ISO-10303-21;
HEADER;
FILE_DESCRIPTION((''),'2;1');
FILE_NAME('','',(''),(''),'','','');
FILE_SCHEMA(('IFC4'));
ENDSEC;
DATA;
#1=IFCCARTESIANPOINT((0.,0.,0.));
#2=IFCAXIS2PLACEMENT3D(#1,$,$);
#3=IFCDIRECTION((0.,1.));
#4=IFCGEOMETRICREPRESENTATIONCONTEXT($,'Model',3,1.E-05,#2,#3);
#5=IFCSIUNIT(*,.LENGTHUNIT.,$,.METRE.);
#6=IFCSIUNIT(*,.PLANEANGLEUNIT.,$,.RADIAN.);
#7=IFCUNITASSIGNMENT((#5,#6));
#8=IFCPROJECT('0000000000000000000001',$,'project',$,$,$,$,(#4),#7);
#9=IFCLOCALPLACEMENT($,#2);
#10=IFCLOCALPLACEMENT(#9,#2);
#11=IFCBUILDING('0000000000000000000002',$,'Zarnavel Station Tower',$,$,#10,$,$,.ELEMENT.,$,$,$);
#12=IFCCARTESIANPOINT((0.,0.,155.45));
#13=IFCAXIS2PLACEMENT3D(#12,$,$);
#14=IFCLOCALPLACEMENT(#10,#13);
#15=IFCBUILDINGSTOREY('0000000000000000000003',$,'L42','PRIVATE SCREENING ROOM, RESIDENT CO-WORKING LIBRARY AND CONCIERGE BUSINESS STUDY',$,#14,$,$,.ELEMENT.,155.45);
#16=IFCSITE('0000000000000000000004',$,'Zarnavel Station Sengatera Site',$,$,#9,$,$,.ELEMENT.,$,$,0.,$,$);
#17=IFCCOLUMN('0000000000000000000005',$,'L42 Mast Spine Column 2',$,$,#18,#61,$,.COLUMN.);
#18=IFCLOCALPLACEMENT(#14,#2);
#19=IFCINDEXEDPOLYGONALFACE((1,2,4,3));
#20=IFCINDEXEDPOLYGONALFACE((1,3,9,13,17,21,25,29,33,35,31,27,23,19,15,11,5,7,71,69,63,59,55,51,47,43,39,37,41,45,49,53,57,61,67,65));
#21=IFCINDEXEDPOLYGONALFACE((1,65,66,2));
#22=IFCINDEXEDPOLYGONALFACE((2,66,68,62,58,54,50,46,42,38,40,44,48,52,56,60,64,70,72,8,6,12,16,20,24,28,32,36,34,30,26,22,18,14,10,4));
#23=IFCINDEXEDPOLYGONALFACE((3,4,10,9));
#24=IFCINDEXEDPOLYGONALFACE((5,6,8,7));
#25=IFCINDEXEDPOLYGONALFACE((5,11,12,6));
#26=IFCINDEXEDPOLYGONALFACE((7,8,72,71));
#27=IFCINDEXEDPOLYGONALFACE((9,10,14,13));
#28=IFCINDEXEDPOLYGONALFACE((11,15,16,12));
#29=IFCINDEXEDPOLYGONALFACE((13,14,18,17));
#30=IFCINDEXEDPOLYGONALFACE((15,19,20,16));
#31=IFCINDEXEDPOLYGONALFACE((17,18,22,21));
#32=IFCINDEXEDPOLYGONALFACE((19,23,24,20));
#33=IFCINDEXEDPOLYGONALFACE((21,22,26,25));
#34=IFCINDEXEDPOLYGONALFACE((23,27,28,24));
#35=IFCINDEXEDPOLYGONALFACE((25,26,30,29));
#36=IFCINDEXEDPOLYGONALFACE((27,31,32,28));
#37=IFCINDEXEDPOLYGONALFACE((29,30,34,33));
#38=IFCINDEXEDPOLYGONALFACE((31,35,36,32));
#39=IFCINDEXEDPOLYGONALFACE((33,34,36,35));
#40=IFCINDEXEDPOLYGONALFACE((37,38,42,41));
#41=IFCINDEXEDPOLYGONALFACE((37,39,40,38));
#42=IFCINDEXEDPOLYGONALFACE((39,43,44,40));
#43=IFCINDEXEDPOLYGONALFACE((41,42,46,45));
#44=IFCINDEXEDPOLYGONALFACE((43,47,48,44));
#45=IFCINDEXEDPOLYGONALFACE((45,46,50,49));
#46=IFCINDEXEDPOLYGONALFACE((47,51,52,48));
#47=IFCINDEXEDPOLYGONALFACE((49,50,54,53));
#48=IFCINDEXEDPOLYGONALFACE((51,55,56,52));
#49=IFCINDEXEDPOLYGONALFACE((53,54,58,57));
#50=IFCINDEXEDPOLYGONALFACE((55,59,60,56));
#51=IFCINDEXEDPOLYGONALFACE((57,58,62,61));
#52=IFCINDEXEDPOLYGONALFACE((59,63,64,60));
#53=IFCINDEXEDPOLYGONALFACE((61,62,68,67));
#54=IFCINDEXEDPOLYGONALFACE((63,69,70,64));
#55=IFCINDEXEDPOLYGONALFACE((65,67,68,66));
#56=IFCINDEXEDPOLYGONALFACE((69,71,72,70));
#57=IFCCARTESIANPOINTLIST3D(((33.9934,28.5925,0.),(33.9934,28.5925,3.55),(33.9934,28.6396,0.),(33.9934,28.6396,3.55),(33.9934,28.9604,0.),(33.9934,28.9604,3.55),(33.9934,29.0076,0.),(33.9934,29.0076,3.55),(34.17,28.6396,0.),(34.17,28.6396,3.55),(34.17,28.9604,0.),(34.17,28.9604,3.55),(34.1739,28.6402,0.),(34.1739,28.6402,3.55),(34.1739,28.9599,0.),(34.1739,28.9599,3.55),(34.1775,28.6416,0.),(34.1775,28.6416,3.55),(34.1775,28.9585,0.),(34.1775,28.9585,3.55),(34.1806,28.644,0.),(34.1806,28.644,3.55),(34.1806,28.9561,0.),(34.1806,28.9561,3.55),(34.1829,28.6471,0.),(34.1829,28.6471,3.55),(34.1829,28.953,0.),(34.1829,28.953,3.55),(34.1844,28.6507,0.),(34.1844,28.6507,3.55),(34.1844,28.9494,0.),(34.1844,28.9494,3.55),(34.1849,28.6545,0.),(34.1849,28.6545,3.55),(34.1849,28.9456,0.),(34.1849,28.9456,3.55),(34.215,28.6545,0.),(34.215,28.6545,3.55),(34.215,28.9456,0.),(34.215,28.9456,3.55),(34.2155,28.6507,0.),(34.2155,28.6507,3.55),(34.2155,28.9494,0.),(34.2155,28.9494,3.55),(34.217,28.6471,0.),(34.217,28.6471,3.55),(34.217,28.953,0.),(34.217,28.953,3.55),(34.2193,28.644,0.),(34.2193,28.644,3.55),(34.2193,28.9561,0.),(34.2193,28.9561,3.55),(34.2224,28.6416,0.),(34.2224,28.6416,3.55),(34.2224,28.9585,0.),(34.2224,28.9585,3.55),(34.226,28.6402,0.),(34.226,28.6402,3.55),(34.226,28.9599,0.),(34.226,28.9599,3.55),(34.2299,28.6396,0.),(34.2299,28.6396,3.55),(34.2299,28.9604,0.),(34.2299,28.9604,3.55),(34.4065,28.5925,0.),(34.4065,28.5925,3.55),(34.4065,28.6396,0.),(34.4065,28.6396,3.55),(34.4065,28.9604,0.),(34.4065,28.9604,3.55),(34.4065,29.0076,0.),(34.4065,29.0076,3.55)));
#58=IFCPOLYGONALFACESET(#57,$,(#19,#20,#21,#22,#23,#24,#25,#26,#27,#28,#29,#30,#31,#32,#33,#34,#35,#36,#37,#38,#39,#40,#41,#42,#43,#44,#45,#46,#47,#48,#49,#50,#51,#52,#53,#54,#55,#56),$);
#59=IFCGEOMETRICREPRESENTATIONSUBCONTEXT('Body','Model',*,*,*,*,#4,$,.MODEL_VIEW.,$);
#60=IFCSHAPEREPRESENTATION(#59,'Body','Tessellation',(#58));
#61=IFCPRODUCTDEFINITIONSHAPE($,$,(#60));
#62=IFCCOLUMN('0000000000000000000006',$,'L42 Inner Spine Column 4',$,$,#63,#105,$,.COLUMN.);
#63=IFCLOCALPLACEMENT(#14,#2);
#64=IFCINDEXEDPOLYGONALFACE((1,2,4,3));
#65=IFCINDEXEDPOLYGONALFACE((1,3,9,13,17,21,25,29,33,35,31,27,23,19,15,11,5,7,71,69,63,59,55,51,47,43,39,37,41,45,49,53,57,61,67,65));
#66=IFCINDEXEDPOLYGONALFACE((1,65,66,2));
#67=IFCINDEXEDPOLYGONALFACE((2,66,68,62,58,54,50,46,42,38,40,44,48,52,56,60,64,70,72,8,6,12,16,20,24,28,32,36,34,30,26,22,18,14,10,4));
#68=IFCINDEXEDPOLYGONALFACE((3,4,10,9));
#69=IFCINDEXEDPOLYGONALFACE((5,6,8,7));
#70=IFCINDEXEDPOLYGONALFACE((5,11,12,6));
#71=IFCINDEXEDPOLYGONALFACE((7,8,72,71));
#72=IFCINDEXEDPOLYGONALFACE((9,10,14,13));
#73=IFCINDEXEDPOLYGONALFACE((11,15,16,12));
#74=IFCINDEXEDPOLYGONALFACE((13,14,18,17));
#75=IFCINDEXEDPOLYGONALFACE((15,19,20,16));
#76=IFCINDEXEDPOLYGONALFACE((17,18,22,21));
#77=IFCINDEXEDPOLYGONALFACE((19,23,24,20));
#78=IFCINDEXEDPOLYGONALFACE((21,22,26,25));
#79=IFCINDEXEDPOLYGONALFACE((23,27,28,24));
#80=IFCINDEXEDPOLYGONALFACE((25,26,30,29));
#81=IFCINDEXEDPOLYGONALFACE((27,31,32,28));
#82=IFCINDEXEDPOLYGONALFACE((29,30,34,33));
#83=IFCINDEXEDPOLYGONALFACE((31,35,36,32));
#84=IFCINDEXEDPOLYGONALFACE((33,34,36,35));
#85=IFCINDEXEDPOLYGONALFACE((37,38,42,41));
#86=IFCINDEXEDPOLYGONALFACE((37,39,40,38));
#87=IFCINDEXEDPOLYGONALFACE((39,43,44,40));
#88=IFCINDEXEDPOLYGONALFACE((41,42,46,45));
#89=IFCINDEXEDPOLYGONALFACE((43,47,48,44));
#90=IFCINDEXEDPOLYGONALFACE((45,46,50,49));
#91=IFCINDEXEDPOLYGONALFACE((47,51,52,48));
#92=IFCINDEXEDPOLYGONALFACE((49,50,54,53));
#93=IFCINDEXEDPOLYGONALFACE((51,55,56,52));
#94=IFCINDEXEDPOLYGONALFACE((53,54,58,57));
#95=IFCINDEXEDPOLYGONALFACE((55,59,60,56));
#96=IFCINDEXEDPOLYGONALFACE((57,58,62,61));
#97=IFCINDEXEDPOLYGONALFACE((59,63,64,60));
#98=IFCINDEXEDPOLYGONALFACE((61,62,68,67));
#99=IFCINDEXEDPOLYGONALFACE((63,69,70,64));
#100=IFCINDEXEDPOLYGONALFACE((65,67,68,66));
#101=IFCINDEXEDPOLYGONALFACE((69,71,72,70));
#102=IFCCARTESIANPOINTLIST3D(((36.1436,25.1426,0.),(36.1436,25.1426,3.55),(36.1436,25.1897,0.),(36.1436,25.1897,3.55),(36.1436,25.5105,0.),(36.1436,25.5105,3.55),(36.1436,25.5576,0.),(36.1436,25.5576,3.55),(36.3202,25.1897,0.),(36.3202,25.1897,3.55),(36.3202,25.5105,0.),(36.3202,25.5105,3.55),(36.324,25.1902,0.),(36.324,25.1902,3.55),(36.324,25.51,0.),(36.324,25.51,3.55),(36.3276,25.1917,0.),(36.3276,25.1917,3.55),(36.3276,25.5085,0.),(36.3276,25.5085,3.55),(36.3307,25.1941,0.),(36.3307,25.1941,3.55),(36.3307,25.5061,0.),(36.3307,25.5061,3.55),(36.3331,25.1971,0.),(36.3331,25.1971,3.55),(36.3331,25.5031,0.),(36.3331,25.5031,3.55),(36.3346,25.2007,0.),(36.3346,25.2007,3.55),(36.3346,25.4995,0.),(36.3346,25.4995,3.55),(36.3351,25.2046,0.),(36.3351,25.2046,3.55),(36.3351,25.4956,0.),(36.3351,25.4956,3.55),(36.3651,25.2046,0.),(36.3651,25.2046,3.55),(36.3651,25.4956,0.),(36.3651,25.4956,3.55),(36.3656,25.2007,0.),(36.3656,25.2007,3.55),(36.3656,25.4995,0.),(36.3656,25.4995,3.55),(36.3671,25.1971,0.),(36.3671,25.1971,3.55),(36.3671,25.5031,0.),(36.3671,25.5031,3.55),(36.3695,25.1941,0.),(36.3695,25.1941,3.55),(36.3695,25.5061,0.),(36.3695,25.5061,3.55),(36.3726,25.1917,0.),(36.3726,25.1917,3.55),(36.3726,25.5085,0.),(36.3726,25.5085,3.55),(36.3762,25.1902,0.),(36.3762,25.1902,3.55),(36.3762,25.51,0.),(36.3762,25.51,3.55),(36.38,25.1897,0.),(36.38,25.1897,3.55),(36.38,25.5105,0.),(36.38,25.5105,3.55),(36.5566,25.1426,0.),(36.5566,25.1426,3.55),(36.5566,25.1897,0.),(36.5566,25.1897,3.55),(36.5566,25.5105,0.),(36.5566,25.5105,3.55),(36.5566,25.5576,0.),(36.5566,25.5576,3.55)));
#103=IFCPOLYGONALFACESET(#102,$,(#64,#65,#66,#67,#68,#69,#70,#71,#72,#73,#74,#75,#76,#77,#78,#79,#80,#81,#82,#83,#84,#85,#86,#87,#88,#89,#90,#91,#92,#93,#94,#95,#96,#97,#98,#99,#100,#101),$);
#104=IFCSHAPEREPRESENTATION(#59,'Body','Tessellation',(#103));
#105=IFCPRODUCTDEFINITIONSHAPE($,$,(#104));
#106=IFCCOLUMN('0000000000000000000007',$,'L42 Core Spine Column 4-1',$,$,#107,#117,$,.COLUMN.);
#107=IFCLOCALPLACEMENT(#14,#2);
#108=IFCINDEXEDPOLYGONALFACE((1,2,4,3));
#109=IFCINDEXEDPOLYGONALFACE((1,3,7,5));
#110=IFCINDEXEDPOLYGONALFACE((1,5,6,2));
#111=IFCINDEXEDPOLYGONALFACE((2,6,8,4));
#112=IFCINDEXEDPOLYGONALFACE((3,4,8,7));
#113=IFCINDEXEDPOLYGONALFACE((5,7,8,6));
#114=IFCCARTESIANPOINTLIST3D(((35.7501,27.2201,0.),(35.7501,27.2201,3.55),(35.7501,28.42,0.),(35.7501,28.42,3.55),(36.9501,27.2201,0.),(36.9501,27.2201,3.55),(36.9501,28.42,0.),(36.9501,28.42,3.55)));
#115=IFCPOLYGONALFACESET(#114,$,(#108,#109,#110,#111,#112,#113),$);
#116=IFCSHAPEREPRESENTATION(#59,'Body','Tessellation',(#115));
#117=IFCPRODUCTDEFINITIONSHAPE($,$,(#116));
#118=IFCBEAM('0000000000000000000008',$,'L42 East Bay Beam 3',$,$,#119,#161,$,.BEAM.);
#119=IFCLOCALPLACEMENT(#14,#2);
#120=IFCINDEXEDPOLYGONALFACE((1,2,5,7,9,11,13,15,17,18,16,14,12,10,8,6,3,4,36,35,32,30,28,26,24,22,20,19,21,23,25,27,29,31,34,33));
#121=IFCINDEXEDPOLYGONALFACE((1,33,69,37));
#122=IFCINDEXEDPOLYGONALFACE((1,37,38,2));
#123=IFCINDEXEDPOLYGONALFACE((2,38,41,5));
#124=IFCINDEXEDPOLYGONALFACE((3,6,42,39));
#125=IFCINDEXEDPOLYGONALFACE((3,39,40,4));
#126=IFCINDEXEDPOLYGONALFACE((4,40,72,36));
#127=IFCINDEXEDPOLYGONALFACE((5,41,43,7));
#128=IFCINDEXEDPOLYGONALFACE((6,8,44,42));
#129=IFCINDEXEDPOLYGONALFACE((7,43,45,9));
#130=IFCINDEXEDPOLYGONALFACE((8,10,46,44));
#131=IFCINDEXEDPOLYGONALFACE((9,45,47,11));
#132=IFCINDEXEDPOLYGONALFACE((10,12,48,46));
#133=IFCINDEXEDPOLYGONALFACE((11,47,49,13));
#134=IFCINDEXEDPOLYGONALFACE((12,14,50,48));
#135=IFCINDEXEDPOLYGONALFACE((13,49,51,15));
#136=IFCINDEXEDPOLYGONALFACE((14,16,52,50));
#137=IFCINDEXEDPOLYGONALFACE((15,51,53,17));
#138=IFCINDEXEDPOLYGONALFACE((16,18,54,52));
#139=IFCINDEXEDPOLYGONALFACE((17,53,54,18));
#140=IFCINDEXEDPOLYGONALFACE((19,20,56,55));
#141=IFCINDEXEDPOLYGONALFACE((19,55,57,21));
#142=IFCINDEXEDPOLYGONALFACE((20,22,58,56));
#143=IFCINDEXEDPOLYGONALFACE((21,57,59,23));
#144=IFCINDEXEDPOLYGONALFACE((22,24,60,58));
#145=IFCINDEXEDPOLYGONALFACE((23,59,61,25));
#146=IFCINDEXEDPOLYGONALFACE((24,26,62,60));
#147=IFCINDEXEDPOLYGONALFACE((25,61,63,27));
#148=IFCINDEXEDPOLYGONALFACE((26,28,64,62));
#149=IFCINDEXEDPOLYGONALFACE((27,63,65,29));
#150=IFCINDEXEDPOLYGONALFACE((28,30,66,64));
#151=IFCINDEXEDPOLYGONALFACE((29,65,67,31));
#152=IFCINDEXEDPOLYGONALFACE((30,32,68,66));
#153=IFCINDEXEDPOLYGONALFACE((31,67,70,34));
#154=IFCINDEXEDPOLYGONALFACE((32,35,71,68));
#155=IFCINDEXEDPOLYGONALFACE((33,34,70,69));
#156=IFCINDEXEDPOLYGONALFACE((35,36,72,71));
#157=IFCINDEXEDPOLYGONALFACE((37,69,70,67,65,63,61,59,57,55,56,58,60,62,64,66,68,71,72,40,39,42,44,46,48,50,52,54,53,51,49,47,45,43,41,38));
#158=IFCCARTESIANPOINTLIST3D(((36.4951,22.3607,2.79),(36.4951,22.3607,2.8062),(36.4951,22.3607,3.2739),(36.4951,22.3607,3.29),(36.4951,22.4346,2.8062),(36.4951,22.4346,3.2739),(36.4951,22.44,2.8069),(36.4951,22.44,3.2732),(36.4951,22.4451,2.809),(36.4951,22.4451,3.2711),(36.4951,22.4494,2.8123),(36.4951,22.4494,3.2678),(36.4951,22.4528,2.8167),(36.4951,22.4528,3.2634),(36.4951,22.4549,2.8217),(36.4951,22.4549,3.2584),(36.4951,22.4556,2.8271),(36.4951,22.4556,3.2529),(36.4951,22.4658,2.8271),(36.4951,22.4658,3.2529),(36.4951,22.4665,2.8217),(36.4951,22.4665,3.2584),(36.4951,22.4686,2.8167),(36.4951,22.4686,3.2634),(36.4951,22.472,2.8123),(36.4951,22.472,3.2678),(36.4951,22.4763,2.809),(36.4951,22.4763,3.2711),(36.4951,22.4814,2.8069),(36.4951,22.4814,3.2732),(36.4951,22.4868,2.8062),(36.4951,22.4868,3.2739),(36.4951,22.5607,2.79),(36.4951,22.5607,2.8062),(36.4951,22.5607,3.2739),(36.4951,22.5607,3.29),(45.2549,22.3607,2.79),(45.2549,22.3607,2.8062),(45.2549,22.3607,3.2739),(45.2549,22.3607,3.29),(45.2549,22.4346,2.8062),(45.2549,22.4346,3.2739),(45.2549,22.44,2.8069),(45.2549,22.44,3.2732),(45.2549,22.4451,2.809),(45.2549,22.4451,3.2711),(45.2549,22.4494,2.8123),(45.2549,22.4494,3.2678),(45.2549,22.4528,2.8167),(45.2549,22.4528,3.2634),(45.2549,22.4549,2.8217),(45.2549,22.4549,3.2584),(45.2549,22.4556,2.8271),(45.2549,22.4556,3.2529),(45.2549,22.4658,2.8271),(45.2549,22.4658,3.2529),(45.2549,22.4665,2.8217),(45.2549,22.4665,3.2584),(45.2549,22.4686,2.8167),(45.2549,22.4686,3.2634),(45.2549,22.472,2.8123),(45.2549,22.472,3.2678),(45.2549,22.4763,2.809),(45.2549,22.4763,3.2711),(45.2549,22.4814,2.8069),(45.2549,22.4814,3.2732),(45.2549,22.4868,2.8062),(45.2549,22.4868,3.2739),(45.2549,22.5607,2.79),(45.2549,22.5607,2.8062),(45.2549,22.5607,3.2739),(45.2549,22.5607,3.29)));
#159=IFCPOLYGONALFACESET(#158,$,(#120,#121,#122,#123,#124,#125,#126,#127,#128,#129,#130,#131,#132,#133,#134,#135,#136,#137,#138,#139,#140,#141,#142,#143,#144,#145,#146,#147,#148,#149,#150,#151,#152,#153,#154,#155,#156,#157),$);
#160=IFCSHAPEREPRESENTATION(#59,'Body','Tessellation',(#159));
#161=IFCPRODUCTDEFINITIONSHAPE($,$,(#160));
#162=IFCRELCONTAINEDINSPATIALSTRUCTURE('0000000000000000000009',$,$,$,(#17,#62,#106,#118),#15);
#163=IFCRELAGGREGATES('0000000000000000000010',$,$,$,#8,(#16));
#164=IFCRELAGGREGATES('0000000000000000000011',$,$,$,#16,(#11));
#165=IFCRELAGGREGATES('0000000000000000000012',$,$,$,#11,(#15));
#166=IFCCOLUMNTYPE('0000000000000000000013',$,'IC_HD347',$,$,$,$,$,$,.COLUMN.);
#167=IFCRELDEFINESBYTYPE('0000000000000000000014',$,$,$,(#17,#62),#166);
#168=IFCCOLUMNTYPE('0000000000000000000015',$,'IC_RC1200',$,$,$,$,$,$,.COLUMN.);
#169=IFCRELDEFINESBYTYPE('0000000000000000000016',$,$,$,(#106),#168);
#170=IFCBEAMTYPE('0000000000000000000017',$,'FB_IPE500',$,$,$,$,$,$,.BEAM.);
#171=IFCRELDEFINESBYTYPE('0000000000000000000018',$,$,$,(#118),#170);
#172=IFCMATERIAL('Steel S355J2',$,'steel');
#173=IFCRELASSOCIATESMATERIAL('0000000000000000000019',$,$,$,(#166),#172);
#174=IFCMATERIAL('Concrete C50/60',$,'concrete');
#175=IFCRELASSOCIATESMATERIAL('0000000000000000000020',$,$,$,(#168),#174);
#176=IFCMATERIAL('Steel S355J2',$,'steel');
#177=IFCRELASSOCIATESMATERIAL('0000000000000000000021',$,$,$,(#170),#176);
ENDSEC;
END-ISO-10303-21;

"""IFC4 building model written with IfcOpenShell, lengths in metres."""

from ifc_helpers import new_model, si_unit, direction, frame, origin, origin_2d, place, context, subcontext, project, spatial, rectangle, i_section, extrude, material, material_profile, profile_set, type_object, element, save


model = new_model("IFC4")

# Units and contexts
model_context = context("Model", 3, precision=1e-05, world=origin(), true_north=direction((0.0, 1.0)))
body_context = subcontext(model_context, "Body", "Model", "MODEL_VIEW")
ifc_project = project(units=[si_unit("LENGTHUNIT", "METRE"), si_unit("PLANEANGLEUNIT", "RADIAN")], contexts=[model_context])

# Site, building, storey
site_placement = place(None, origin())
site = spatial("IfcSite", under=ifc_project, at=site_placement, Name="Zarnavel Station Sengatera Site", CompositionType="ELEMENT", RefElevation=0.0)
building_placement = place(site_placement, origin())
building = spatial("IfcBuilding", under=site, at=building_placement, Name="Zarnavel Station Tower", CompositionType="ELEMENT")
storey_placement = place(building_placement, frame((0.0, 0.0, 155.45)))
storey = spatial("IfcBuildingStorey", under=building, at=storey_placement, Name="L42", Description="PRIVATE SCREENING ROOM, RESIDENT CO-WORKING LIBRARY AND CONCIERGE BUSINESS STUDY", CompositionType="ELEMENT", Elevation=155.45)

# Columns
ifc_material_1 = material(Name="Steel S355J2", Category="steel")
ifc_material_profile_1 = material_profile(ifc_material_1, i_section(OverallWidth=0.4131, OverallDepth=0.415, WebThickness=0.03, FlangeThickness=0.0471, FilletRadius=0.0149, at=origin_2d()), Name="HD400x347")
ifc_profile_set_1 = profile_set([ifc_material_profile_1], Name="Steel S355J2")
column_type_1 = type_object("IfcColumnType", Name="IC_HD347", PredefinedType="COLUMN", material=ifc_profile_set_1)
for number, where, z_axis, x_axis, name in (
    (1, (34.2, 28.8, 0.0), (0.0, 0.0, 1.0), (1.0, 0.0, 0.0), "L42 Mast Spine Column 2"),
    (2, (36.3501, 25.3501, 0.0), (0.0, 0.0, 1.0), (1.0, 0.0, 0.0), "L42 Inner Spine Column 4"),
):
    element("IfcColumn", number, at=place(storey_placement, frame(where, z_axis=z_axis, x_axis=x_axis)), inside=storey, type_object=column_type_1, Name=name, PredefinedType="COLUMN", context=body_context, shape_type="SweptSolid", body=[
        extrude(i_section(OverallWidth=0.4131, OverallDepth=0.415, WebThickness=0.03, FlangeThickness=0.0471, FilletRadius=0.0149, at=origin_2d()), origin(), (0.0, 0.0, 1.0), 3.55),
    ])
ifc_material_2 = material(Name="Concrete C50/60", Category="concrete")
ifc_material_profile_2 = material_profile(ifc_material_2, rectangle(XDim=1.2, YDim=1.2, at=origin_2d()), Name="RC1200x1200")
ifc_profile_set_2 = profile_set([ifc_material_profile_2], Name="Concrete C50/60")
column_type_2 = type_object("IfcColumnType", Name="IC_RC1200", PredefinedType="COLUMN", material=ifc_profile_set_2)
column_placement = place(storey_placement, frame((36.3501, 27.8201, 0.0), z_axis=(0.0, 0.0, 1.0), x_axis=(1.0, 0.0, 0.0)))
element("IfcColumn", 3, at=column_placement, inside=storey, type_object=column_type_2, Name="L42 Core Spine Column 4-1", PredefinedType="COLUMN", context=body_context, shape_type="SweptSolid", body=[
    extrude(rectangle(XDim=1.2, YDim=1.2, at=origin_2d()), origin(), (0.0, 0.0, 1.0), 3.55),
])

# Beam
ifc_material_3 = material(Name="Steel S355J2", Category="steel")
ifc_material_profile_3 = material_profile(ifc_material_3, i_section(OverallWidth=0.2, OverallDepth=0.5, WebThickness=0.0103, FlangeThickness=0.0161, FilletRadius=0.021, at=origin_2d()), Name="IPE500")
ifc_profile_set_3 = profile_set([ifc_material_profile_3], Name="Steel S355J2")
beam_type_1 = type_object("IfcBeamType", Name="FB_IPE500", PredefinedType="BEAM", material=ifc_profile_set_3)
beam_1_placement = place(storey_placement, frame((36.4951, 22.4607, 3.04), z_axis=(1.0, 0.0, 0.0), x_axis=(0.0, 1.0, 0.0)))
element("IfcBeam", 4, at=beam_1_placement, inside=storey, type_object=beam_type_1, Name="L42 East Bay Beam 3", PredefinedType="BEAM", context=body_context, shape_type="SweptSolid", body=[
    extrude(i_section(OverallWidth=0.2, OverallDepth=0.5, WebThickness=0.0103, FlangeThickness=0.0161, FilletRadius=0.021, at=origin_2d()), origin(), (0.0, 0.0, 1.0), 8.7598),
])

save(model, "model.ifc")
